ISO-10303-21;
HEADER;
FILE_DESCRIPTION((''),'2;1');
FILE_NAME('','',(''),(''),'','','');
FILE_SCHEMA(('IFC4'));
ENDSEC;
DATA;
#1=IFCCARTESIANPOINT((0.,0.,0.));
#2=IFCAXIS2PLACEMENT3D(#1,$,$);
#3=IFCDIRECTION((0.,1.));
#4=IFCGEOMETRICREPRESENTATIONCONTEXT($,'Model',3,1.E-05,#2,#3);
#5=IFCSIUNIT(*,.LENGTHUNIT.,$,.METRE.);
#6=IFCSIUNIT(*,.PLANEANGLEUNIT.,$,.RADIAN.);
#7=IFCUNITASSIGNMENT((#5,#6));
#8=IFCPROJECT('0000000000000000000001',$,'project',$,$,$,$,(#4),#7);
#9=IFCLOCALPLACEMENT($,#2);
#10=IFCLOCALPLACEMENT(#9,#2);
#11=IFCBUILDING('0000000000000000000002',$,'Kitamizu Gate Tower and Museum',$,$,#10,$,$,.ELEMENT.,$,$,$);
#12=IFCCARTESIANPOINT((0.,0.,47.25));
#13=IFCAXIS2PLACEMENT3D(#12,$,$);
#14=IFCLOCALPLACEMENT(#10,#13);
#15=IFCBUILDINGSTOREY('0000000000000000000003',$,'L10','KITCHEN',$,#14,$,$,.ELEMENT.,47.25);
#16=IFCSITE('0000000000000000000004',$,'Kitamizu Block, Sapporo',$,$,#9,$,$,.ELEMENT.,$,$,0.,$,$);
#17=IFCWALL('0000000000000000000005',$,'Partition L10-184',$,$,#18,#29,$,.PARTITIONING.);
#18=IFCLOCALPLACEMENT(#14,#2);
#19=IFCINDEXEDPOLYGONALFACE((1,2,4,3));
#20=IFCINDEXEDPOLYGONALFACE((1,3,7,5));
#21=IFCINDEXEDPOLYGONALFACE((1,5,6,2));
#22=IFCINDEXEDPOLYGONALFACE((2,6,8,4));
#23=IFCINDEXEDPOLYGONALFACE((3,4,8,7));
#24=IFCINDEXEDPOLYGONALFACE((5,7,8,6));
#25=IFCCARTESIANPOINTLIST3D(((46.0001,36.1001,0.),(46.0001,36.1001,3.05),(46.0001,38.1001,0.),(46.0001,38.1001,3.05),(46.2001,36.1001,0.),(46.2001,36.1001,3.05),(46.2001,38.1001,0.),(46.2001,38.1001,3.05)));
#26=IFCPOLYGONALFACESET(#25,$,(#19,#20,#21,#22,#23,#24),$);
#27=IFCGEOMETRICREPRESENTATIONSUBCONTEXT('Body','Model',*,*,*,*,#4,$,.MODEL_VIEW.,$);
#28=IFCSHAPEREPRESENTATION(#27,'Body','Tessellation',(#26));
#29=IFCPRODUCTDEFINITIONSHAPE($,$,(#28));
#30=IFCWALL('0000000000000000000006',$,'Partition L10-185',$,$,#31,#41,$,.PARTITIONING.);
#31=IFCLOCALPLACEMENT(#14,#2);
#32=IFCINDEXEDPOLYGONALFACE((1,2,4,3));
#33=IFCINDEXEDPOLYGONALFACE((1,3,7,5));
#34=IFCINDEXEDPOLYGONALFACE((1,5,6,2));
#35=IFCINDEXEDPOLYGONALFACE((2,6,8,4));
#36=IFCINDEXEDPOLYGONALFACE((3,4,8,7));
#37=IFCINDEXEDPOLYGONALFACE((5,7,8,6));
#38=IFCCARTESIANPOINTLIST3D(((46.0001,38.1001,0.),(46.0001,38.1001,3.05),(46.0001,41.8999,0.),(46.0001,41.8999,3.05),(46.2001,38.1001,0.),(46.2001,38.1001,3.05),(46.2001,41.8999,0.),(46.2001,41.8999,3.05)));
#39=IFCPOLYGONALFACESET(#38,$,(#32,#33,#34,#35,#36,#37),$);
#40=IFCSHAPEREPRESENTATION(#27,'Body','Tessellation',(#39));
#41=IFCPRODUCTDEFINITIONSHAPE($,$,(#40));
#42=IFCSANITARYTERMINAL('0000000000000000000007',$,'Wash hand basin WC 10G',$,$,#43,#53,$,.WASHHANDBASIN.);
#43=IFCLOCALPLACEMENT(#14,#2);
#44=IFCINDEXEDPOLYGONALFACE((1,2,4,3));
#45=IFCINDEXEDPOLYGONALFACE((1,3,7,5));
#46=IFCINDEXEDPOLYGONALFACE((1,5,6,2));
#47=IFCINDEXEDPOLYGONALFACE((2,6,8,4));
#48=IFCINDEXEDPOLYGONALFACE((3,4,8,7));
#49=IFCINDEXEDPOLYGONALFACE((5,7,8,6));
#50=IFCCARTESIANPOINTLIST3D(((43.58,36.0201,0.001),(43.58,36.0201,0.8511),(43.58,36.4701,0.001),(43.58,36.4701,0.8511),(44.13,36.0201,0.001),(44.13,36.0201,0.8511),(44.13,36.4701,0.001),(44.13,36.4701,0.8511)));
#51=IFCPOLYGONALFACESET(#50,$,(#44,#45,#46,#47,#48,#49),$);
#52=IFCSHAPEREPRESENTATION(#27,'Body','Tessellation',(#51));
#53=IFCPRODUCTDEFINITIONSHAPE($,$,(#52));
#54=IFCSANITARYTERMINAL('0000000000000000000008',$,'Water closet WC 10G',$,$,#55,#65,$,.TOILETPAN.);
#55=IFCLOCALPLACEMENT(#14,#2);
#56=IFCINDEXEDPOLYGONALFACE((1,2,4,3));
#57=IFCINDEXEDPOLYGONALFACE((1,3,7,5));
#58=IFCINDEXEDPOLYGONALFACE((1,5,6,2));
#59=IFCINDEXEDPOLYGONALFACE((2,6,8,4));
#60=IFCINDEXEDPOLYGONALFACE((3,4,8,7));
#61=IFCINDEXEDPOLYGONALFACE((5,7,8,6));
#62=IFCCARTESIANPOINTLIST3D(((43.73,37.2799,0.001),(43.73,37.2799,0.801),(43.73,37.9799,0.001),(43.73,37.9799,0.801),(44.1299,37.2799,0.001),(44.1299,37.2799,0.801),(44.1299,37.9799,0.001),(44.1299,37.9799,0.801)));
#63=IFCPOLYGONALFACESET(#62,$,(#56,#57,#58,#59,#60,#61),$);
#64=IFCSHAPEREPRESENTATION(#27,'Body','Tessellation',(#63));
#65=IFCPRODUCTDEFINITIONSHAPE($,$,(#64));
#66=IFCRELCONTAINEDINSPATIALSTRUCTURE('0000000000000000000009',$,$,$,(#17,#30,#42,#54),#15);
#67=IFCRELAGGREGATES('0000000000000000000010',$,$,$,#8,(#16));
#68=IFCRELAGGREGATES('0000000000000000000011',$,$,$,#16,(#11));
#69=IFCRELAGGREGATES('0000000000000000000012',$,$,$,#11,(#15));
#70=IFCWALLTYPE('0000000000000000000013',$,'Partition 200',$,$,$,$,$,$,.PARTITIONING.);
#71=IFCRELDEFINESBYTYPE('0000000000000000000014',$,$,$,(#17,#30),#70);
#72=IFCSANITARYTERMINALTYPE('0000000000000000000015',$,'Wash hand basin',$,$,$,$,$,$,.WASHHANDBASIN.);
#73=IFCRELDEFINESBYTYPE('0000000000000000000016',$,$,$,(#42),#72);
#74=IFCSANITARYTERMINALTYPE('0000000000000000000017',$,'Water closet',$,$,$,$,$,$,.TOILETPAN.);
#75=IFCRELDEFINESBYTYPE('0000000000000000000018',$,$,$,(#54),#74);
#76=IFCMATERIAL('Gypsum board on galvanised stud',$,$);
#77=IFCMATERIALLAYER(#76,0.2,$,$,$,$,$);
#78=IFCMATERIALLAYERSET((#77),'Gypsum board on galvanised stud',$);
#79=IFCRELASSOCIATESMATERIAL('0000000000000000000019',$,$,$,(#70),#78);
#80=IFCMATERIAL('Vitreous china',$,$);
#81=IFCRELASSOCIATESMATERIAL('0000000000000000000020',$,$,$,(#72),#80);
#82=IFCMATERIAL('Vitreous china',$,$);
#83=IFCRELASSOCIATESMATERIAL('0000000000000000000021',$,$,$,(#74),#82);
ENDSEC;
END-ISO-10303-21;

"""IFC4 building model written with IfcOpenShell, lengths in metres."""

from ifc_helpers import new_model, si_unit, direction, frame, frame_2d, origin, origin_2d, place, context, subcontext, project, spatial, rectangle, extrude, material, layer, layer_set, type_object, element, save


model = new_model("IFC4")

# Units and contexts
model_context = context("Model", 3, precision=1e-05, world=origin(), true_north=direction((0.0, 1.0)))
body_context = subcontext(model_context, "Body", "Model", "MODEL_VIEW")
ifc_project = project(units=[si_unit("LENGTHUNIT", "METRE"), si_unit("PLANEANGLEUNIT", "RADIAN")], contexts=[model_context])

# Site, building, storey
site_placement = place(None, origin())
site = spatial("IfcSite", under=ifc_project, at=site_placement, Name="Kitamizu Block, Sapporo", CompositionType="ELEMENT", RefElevation=0.0)
building_placement = place(site_placement, origin())
building = spatial("IfcBuilding", under=site, at=building_placement, Name="Kitamizu Gate Tower and Museum", CompositionType="ELEMENT")
storey_placement = place(building_placement, frame((0.0, 0.0, 47.25)))
storey = spatial("IfcBuildingStorey", under=building, at=storey_placement, Name="L10", Description="KITCHEN", CompositionType="ELEMENT", Elevation=47.25)

# Walls
ifc_material_1 = material(Name="Gypsum board on galvanised stud")
ifc_layer_1 = layer(ifc_material_1, 0.2)
ifc_layer_set_1 = layer_set([ifc_layer_1], Name="Gypsum board on galvanised stud")
wall_type_1 = type_object("IfcWallType", Name="Partition 200", PredefinedType="PARTITIONING", material=ifc_layer_set_1)
wall_1_placement = place(storey_placement, frame((46.1001, 36.1001, 0.0), z_axis=(0.0, 0.0, 1.0), x_axis=(0.0, 1.0, 0.0)))
element("IfcWall", 1, at=wall_1_placement, inside=storey, type_object=wall_type_1, Name="Partition L10-184", PredefinedType="PARTITIONING", context=body_context, shape_type="SweptSolid", body=[
    extrude(rectangle(XDim=2.0, YDim=0.2, at=frame_2d((1.0, 0.0))), origin(), (0.0, 0.0, 1.0), 3.05),
])
wall_2_placement = place(storey_placement, frame((46.1001, 38.1001, 0.0), z_axis=(0.0, 0.0, 1.0), x_axis=(0.0, 1.0, 0.0)))
element("IfcWall", 2, at=wall_2_placement, inside=storey, type_object=wall_type_1, Name="Partition L10-185", PredefinedType="PARTITIONING", context=body_context, shape_type="SweptSolid", body=[
    extrude(rectangle(XDim=3.7998, YDim=0.2, at=frame_2d((1.8999, 0.0))), origin(), (0.0, 0.0, 1.0), 3.05),
])

# Sanitary terminals
ifc_material_2 = material(Name="Vitreous china")
sanitary_terminal_type_1 = type_object("IfcSanitaryTerminalType", Name="Wash hand basin", PredefinedType="WASHHANDBASIN", material=ifc_material_2)
sanitary_terminal_1_placement = place(storey_placement, frame((43.855, 36.2451, 0.001), z_axis=(0.0, 0.0, 1.0), x_axis=(1.0, 0.0, 0.0)))
element("IfcSanitaryTerminal", 3, at=sanitary_terminal_1_placement, inside=storey, type_object=sanitary_terminal_type_1, Name="Wash hand basin WC 10G", PredefinedType="WASHHANDBASIN", context=body_context, shape_type="SweptSolid", body=[
    extrude(rectangle(XDim=0.55, YDim=0.45, at=origin_2d()), origin(), (0.0, 0.0, 1.0), 0.8501),
])
ifc_material_3 = material(Name="Vitreous china")
sanitary_terminal_type_2 = type_object("IfcSanitaryTerminalType", Name="Water closet", PredefinedType="TOILETPAN", material=ifc_material_3)
sanitary_terminal_2_placement = place(storey_placement, frame((43.9299, 37.6299, 0.001), z_axis=(0.0, 0.0, 1.0), x_axis=(1.0, 0.0, 0.0)))
element("IfcSanitaryTerminal", 4, at=sanitary_terminal_2_placement, inside=storey, type_object=sanitary_terminal_type_2, Name="Water closet WC 10G", PredefinedType="TOILETPAN", context=body_context, shape_type="SweptSolid", body=[
    extrude(rectangle(XDim=0.3999, YDim=0.7, at=origin_2d()), origin(), (0.0, 0.0, 1.0), 0.8),
])

save(model, "model.ifc")
